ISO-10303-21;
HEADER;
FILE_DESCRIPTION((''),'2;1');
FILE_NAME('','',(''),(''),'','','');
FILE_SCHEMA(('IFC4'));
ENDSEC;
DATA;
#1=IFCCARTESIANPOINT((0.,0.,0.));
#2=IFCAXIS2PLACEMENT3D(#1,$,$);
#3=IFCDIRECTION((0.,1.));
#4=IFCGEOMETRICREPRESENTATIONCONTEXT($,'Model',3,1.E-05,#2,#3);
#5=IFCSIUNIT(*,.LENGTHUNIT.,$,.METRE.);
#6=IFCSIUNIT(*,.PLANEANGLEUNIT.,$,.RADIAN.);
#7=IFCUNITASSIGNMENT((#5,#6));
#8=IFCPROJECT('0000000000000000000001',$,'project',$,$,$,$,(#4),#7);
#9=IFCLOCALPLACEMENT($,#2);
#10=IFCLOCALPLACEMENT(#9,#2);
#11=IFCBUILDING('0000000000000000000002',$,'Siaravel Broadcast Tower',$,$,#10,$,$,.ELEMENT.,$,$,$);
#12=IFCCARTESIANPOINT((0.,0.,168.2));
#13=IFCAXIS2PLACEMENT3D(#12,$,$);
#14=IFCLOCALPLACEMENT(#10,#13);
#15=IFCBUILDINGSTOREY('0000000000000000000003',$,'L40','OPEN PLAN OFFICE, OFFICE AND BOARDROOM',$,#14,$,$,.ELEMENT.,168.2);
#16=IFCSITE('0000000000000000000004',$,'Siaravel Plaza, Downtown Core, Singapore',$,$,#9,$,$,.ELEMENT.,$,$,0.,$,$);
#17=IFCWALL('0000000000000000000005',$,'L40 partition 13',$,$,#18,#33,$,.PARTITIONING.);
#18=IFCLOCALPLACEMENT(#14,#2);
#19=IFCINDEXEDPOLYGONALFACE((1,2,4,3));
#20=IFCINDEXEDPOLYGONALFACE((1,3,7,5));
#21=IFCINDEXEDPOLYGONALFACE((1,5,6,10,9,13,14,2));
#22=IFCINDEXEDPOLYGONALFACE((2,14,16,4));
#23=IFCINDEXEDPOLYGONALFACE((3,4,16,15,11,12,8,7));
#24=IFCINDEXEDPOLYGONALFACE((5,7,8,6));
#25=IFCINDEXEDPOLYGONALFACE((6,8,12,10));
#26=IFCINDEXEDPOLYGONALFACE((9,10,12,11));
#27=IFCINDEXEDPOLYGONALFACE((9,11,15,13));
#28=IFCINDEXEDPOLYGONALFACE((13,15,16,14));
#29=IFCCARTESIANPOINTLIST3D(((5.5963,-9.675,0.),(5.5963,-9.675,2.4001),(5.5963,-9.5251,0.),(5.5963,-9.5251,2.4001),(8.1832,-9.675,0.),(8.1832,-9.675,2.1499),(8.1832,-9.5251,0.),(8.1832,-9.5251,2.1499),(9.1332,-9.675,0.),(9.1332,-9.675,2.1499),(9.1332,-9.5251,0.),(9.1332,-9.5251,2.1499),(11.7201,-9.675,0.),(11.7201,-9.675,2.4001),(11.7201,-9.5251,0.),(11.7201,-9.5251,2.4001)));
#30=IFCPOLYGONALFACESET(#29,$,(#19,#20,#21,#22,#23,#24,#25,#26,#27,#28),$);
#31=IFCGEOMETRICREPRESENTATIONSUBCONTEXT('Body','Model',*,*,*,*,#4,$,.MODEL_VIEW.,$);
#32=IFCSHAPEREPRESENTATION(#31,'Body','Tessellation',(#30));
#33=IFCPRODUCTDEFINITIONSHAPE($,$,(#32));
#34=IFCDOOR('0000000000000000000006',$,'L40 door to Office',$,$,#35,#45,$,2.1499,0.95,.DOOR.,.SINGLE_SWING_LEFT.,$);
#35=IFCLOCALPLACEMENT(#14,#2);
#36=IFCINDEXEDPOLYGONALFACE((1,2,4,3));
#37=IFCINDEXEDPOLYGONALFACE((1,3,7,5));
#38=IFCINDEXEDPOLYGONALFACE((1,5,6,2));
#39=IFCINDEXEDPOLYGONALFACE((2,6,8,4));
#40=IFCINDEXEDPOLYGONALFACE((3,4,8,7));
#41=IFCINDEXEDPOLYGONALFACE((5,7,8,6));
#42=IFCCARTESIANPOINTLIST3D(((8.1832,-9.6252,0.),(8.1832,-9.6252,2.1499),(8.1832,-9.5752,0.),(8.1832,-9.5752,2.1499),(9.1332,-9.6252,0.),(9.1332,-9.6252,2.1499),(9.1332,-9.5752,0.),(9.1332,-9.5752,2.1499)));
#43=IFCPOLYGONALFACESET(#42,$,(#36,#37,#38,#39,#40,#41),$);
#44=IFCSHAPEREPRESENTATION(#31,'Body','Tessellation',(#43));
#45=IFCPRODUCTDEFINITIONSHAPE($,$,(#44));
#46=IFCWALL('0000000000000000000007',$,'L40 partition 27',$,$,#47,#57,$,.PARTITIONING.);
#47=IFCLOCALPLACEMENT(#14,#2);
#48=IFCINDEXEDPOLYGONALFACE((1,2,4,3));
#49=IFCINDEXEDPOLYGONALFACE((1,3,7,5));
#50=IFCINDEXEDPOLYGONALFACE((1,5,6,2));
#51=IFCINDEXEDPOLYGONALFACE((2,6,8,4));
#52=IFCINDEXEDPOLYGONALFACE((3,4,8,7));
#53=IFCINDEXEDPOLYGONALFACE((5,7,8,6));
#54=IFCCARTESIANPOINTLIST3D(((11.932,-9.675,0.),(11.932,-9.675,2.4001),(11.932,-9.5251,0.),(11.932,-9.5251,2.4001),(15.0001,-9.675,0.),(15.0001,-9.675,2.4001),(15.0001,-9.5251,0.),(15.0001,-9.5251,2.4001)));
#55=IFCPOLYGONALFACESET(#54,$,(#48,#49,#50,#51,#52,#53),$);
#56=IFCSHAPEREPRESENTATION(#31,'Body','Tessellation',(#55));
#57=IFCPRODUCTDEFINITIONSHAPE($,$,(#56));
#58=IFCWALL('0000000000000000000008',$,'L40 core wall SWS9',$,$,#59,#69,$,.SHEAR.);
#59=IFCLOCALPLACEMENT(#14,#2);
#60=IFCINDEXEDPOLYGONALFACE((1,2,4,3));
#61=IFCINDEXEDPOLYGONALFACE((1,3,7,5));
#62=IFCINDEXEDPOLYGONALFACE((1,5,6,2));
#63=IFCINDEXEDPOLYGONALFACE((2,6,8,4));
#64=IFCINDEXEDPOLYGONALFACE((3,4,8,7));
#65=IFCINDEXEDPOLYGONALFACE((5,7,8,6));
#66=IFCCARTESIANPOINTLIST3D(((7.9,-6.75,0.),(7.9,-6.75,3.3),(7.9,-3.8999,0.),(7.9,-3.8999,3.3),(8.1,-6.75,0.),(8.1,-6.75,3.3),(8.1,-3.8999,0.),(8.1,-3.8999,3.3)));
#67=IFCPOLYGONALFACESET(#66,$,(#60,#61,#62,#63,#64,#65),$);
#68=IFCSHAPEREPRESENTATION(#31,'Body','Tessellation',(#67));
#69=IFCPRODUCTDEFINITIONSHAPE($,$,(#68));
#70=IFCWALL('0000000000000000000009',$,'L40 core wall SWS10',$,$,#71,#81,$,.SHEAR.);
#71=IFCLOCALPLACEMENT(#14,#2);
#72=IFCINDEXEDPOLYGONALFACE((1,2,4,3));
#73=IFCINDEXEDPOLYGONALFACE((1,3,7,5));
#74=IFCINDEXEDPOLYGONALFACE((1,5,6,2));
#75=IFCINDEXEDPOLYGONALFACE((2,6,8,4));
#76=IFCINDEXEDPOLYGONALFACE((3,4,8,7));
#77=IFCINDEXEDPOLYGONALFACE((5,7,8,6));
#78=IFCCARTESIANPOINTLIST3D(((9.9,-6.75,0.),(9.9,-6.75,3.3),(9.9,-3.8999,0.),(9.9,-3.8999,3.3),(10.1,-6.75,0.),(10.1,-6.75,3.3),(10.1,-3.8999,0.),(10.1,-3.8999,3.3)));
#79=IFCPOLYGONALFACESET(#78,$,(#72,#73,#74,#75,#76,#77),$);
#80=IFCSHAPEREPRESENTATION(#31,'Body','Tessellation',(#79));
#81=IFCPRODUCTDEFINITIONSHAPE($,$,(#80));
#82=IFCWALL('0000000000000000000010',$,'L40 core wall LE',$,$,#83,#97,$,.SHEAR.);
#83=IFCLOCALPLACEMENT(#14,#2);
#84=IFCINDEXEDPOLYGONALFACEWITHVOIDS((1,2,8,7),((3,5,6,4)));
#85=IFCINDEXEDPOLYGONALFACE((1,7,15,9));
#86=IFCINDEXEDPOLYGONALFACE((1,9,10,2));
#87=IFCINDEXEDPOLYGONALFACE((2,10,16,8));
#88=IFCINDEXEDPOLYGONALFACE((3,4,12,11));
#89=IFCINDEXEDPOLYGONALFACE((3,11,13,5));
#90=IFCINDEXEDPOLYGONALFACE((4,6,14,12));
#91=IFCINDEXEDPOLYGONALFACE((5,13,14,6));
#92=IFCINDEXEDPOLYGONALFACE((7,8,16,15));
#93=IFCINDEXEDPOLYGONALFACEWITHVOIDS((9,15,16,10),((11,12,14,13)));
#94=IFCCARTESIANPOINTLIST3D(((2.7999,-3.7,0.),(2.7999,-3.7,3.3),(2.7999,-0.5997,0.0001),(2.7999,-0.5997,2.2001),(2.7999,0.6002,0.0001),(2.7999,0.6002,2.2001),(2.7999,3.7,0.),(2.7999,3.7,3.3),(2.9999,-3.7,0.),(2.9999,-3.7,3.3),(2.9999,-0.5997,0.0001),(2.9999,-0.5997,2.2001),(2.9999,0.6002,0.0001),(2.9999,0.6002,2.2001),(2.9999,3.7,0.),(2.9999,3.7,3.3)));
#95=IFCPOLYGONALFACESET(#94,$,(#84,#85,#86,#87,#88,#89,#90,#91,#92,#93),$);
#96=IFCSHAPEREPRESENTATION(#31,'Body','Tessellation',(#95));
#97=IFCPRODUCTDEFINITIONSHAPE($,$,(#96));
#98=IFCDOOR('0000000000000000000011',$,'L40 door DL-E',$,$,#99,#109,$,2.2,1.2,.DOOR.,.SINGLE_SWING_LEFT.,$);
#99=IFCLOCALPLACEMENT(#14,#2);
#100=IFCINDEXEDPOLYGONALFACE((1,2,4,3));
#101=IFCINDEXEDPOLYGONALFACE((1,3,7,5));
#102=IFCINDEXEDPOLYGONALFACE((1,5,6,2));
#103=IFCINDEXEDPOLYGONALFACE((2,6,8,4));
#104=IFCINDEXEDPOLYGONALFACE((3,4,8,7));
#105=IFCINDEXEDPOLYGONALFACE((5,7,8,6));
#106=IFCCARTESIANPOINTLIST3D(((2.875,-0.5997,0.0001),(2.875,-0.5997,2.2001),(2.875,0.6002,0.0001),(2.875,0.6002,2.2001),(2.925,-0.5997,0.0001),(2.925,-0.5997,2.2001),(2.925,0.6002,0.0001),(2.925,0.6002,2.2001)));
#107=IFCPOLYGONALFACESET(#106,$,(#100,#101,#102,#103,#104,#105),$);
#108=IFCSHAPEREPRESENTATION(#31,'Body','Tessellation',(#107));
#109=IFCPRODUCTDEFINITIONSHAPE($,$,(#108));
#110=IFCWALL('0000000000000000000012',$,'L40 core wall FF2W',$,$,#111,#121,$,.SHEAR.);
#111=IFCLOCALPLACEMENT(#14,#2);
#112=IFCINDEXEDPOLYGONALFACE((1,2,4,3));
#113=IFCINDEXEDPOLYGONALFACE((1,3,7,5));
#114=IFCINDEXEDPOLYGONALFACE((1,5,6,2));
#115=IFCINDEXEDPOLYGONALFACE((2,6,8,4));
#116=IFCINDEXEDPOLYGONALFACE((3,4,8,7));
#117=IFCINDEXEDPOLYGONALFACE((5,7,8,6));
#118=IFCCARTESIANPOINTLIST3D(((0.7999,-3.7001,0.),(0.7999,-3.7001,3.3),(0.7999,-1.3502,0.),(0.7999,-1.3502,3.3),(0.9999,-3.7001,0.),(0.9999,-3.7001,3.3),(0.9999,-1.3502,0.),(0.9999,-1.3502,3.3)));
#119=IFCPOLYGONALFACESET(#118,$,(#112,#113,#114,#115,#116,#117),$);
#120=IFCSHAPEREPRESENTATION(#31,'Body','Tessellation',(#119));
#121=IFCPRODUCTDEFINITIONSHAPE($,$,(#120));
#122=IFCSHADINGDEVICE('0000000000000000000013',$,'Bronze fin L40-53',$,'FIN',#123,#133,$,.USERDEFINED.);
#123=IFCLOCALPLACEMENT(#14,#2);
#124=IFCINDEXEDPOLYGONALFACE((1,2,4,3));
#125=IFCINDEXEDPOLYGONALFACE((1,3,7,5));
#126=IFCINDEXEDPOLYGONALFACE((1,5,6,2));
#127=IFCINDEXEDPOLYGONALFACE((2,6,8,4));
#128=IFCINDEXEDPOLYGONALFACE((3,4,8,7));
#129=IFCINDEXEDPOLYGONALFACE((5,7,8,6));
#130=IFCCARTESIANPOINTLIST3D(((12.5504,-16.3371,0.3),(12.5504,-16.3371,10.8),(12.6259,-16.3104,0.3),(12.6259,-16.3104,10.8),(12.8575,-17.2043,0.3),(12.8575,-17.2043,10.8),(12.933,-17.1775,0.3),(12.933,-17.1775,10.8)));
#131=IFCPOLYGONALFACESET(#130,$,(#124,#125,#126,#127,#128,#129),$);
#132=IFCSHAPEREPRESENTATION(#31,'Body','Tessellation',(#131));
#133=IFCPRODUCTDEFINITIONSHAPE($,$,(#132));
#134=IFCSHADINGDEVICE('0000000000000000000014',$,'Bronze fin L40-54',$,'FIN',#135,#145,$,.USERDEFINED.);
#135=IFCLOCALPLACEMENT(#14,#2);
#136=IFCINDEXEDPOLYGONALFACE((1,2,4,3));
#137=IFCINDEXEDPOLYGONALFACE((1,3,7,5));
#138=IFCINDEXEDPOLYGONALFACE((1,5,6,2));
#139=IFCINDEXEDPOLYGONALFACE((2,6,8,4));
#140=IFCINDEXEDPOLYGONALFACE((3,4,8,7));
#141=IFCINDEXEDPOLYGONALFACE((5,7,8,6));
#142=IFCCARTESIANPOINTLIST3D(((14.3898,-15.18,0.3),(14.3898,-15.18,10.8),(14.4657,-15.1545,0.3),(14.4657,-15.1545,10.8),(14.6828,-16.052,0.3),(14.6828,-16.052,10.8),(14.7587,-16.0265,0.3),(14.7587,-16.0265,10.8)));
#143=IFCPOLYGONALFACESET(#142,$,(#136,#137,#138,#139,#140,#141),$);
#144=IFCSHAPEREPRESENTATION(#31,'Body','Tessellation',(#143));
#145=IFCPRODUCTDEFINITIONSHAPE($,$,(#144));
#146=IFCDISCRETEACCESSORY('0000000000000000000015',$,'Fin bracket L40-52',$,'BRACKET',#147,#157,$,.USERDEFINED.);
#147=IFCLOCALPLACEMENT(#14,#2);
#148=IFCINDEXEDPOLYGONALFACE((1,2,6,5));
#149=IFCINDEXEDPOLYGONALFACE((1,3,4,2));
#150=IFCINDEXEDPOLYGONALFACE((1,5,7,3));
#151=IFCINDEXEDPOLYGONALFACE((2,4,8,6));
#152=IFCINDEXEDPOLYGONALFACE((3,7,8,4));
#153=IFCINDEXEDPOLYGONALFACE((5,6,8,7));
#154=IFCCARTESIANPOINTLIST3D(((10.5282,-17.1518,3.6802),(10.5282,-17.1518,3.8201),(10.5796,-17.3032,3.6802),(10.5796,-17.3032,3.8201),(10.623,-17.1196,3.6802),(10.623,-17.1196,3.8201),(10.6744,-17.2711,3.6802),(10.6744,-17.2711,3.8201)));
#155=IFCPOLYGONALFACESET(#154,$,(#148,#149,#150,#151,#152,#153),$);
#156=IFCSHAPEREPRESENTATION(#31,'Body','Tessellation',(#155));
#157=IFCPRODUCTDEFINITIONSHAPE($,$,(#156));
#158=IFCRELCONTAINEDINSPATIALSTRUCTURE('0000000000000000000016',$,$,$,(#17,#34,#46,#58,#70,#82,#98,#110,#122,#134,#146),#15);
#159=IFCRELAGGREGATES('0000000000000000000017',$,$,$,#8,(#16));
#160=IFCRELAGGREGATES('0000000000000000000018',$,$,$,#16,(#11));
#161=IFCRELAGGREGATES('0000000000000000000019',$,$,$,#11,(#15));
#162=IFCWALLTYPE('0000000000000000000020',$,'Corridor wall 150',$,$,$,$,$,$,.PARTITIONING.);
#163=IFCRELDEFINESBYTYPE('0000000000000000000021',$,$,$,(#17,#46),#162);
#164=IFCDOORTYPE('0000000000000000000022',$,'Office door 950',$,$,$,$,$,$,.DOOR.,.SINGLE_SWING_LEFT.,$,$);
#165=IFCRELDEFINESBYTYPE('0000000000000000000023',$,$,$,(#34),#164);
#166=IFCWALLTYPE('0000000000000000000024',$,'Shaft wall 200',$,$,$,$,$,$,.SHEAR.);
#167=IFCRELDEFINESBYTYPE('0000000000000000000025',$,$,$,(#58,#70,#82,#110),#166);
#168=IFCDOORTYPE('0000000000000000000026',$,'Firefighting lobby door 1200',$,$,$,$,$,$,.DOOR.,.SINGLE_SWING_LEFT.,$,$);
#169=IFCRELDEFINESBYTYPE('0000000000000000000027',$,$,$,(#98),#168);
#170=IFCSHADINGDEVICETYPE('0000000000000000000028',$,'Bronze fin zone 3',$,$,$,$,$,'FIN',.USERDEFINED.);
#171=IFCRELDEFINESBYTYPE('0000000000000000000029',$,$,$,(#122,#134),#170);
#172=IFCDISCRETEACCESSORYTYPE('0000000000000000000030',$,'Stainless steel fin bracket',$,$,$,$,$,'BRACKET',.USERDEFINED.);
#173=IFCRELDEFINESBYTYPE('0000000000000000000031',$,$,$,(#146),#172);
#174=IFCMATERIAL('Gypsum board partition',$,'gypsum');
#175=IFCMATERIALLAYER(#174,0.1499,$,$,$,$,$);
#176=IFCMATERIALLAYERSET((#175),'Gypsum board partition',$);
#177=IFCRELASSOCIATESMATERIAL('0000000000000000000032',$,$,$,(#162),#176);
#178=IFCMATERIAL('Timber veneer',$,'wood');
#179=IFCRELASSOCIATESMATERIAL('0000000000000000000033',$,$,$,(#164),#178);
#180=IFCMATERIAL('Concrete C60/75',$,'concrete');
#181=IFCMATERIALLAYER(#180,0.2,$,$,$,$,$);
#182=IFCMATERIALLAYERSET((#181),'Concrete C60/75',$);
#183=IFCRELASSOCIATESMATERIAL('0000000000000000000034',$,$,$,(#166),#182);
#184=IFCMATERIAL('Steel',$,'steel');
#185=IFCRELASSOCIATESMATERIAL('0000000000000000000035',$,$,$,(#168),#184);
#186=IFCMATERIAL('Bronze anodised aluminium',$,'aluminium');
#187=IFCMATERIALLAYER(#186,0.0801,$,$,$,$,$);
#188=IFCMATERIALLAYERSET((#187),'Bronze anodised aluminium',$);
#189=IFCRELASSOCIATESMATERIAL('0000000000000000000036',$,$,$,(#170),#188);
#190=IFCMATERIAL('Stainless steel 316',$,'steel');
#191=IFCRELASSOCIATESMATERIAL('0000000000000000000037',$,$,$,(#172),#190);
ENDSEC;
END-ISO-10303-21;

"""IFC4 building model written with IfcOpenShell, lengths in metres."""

from ifc_helpers import new_model, si_unit, direction, frame, frame_2d, origin, origin_2d, place, context, subcontext, project, spatial, rectangle, extrude, material, layer, layer_set, type_object, element, fill, save


model = new_model("IFC4")

# Units and contexts
model_context = context("Model", 3, precision=1e-05, world=origin(), true_north=direction((0.0, 1.0)))
body_context = subcontext(model_context, "Body", "Model", "MODEL_VIEW")
ifc_project = project(units=[si_unit("LENGTHUNIT", "METRE"), si_unit("PLANEANGLEUNIT", "RADIAN")], contexts=[model_context])

# Site, building, storey
site_placement = place(None, origin())
site = spatial("IfcSite", under=ifc_project, at=site_placement, Name="Siaravel Plaza, Downtown Core, Singapore", CompositionType="ELEMENT", RefElevation=0.0)
building_placement = place(site_placement, origin())
building = spatial("IfcBuilding", under=site, at=building_placement, Name="Siaravel Broadcast Tower", CompositionType="ELEMENT")
storey_placement = place(building_placement, frame((0.0, 0.0, 168.2)))
storey = spatial("IfcBuildingStorey", under=building, at=storey_placement, Name="L40", Description="OPEN PLAN OFFICE, OFFICE AND BOARDROOM", CompositionType="ELEMENT", Elevation=168.2)

# Shared definitions
ifc_material_1 = material(Name="Concrete C60/75", Category="concrete")

# Shared definitions
ifc_material_2 = material(Name="Steel", Category="steel")

# Shared definitions
ifc_material_3 = material(Name="Gypsum board partition", Category="gypsum")
ifc_layer_1 = layer(ifc_material_3, 0.1499)
ifc_layer_set_1 = layer_set([ifc_layer_1], Name="Gypsum board partition")
wall_type_1 = type_object("IfcWallType", Name="Corridor wall 150", PredefinedType="PARTITIONING", material=ifc_layer_set_1)
ifc_material_4 = material(Name="Timber veneer", Category="wood")

# Wall, opening, door
wall_1_placement = place(storey_placement, frame((5.5962, -9.6001, 0.0), z_axis=(0.0, 0.0, 1.0), x_axis=(1.0, 0.0, 0.0)))
wall_1 = element("IfcWall", 1, at=wall_1_placement, inside=storey, type_object=wall_type_1, Name="L40 partition 13", PredefinedType="PARTITIONING", context=body_context, shape_type="SweptSolid", body=[
    extrude(rectangle(XDim=6.1238, YDim=0.1499, at=frame_2d((3.062, 0.0))), origin(), (0.0, 0.0, 1.0), 2.4001),
])
opening_1_placement = place(wall_1_placement, frame((2.5869, 0.0, 0.0)))
opening_1 = element("IfcOpeningElement", 2, at=opening_1_placement, cuts=wall_1, PredefinedType="OPENING", context=body_context, shape_type="SweptSolid", body=[
    extrude(rectangle(XDim=0.95, YDim=2.1499, at=frame_2d((0.4751, 1.075))), frame((0.0, 0.085, 0.0), z_axis=(0.0, -1.0, 0.0), x_axis=(1.0, 0.0, 0.0)), (0.0, 0.0, 1.0), 0.1699),
])
door_type_1 = type_object("IfcDoorType", Name="Office door 950", OperationType="SINGLE_SWING_LEFT", PredefinedType="DOOR", material=ifc_material_4)
door_1_placement = place(opening_1_placement, origin())
door_1 = element("IfcDoor", 3, at=door_1_placement, inside=storey, type_object=door_type_1, Name="L40 door to Office", OperationType="SINGLE_SWING_LEFT", OverallHeight=2.1499, OverallWidth=0.95, PredefinedType="DOOR", context=body_context, shape_type="SweptSolid", body=[
    extrude(rectangle(XDim=0.95, YDim=2.1499, at=frame_2d((0.4751, 1.075))), frame((0.0, 0.0249, 0.0), z_axis=(0.0, -1.0, 0.0), x_axis=(1.0, 0.0, 0.0)), (0.0, 0.0, 1.0), 0.05),
])
fill(opening_1, door_1)

# Walls
wall_2_placement = place(storey_placement, frame((11.9319, -9.6001, 0.0), z_axis=(0.0, 0.0, 1.0), x_axis=(1.0, 0.0, 0.0)))
element("IfcWall", 4, at=wall_2_placement, inside=storey, type_object=wall_type_1, Name="L40 partition 27", PredefinedType="PARTITIONING", context=body_context, shape_type="SweptSolid", body=[
    extrude(rectangle(XDim=3.0681, YDim=0.1499, at=frame_2d((1.5342, 0.0))), origin(), (0.0, 0.0, 1.0), 2.4001),
])
ifc_layer_2 = layer(ifc_material_1, 0.2)
ifc_layer_set_2 = layer_set([ifc_layer_2], Name="Concrete C60/75")
wall_type_2 = type_object("IfcWallType", Name="Shaft wall 200", PredefinedType="SHEAR", material=ifc_layer_set_2)
for number, where, z_axis, x_axis, name in (
    (5, (8.0, -6.75, 0.0), (0.0, 0.0, 1.0), (0.0, 1.0, 0.0), "L40 core wall SWS9"),
    (6, (10.0, -6.75, 0.0), (0.0, 0.0, 1.0), (0.0, 1.0, 0.0), "L40 core wall SWS10"),
):
    element("IfcWall", number, at=place(storey_placement, frame(where, z_axis=z_axis, x_axis=x_axis)), inside=storey, type_object=wall_type_2, Name=name, PredefinedType="SHEAR", context=body_context, shape_type="SweptSolid", body=[
        extrude(rectangle(XDim=2.8501, YDim=0.2, at=frame_2d((1.425, 0.0))), origin(), (0.0, 0.0, 1.0), 3.3),
    ])

# Wall, opening, door
wall_3_placement = place(storey_placement, frame((2.8999, -3.7, 0.0), z_axis=(0.0, 0.0, 1.0), x_axis=(0.0, 1.0, 0.0)))
wall_3 = element("IfcWall", 7, at=wall_3_placement, inside=storey, type_object=wall_type_2, Name="L40 core wall LE", PredefinedType="SHEAR", context=body_context, shape_type="SweptSolid", body=[
    extrude(rectangle(XDim=7.3999, YDim=0.2, at=frame_2d((3.7, 0.0))), origin(), (0.0, 0.0, 1.0), 3.3),
])
opening_2_placement = place(wall_3_placement, frame((3.1001, 0.0, 0.0)))
opening_2 = element("IfcOpeningElement", 8, at=opening_2_placement, cuts=wall_3, PredefinedType="OPENING", context=body_context, shape_type="SweptSolid", body=[
    extrude(rectangle(XDim=1.2, YDim=2.2, at=frame_2d((0.6001, 1.1001))), frame((0.0, 0.1099, 0.0), z_axis=(0.0, -1.0, 0.0), x_axis=(1.0, 0.0, 0.0)), (0.0, 0.0, 1.0), 0.22),
])
door_type_2 = type_object("IfcDoorType", Name="Firefighting lobby door 1200", OperationType="SINGLE_SWING_LEFT", PredefinedType="DOOR", material=ifc_material_2)
door_2_placement = place(opening_2_placement, origin())
door_2 = element("IfcDoor", 9, at=door_2_placement, inside=storey, type_object=door_type_2, Name="L40 door DL-E", OperationType="SINGLE_SWING_LEFT", OverallHeight=2.2, OverallWidth=1.2, PredefinedType="DOOR", context=body_context, shape_type="SweptSolid", body=[
    extrude(rectangle(XDim=1.2, YDim=2.2, at=frame_2d((0.6001, 1.1001))), frame((0.0, 0.0249, 0.0), z_axis=(0.0, -1.0, 0.0), x_axis=(1.0, 0.0, 0.0)), (0.0, 0.0, 1.0), 0.05),
])
fill(opening_2, door_2)

# Wall
wall_4_placement = place(storey_placement, frame((0.8999, -3.7, 0.0), z_axis=(0.0, 0.0, 1.0), x_axis=(0.0, 1.0, 0.0)))
element("IfcWall", 10, at=wall_4_placement, inside=storey, type_object=wall_type_2, Name="L40 core wall FF2W", PredefinedType="SHEAR", context=body_context, shape_type="SweptSolid", body=[
    extrude(rectangle(XDim=2.3499, YDim=0.2, at=frame_2d((1.1748, 0.0))), origin(), (0.0, 0.0, 1.0), 3.3),
])

# Shading devices
ifc_material_5 = material(Name="Bronze anodised aluminium", Category="aluminium")
ifc_layer_3 = layer(ifc_material_5, 0.0801)
ifc_layer_set_3 = layer_set([ifc_layer_3], Name="Bronze anodised aluminium")
shading_device_type = type_object("IfcShadingDeviceType", Name="Bronze fin zone 3", ElementType="FIN", PredefinedType="USERDEFINED", material=ifc_layer_set_3)
for number, where, z_axis, x_axis, name in (
    (11, (12.7417, -16.7573, 0.3), (0.0, 0.0, 1.0), (0.333879, -0.942616, 0.0), "Bronze fin L40-53"),
    (12, (14.5742, -15.6033, 0.3), (0.0, 0.0, 1.0), (0.318475, -0.947931, 0.0), "Bronze fin L40-54"),
):
    element("IfcShadingDevice", number, at=place(storey_placement, frame(where, z_axis=z_axis, x_axis=x_axis)), inside=storey, type_object=shading_device_type, Name=name, ObjectType="FIN", PredefinedType="USERDEFINED", context=body_context, shape_type="SweptSolid", body=[
        extrude(rectangle(XDim=0.9199, YDim=0.0801, at=origin_2d()), origin(), (0.0, 0.0, 1.0), 10.5),
    ])

# Discrete accessory
ifc_material_6 = material(Name="Stainless steel 316", Category="steel")
discrete_accessory_type = type_object("IfcDiscreteAccessoryType", Name="Stainless steel fin bracket", ElementType="BRACKET", PredefinedType="USERDEFINED", material=ifc_material_6)
discrete_accessory_placement = place(storey_placement, frame((10.6013, -17.2114, 3.6802), z_axis=(0.0, 0.0, 1.0), x_axis=(0.321301, -0.946977, 0.0)))
element("IfcDiscreteAccessory", 13, at=discrete_accessory_placement, inside=storey, type_object=discrete_accessory_type, Name="Fin bracket L40-52", ObjectType="BRACKET", PredefinedType="USERDEFINED", context=body_context, shape_type="SweptSolid", body=[
    extrude(rectangle(XDim=0.1599, YDim=0.1001, at=origin_2d()), origin(), (0.0, 0.0, 1.0), 0.1399),
])

save(model, "model.ifc")
